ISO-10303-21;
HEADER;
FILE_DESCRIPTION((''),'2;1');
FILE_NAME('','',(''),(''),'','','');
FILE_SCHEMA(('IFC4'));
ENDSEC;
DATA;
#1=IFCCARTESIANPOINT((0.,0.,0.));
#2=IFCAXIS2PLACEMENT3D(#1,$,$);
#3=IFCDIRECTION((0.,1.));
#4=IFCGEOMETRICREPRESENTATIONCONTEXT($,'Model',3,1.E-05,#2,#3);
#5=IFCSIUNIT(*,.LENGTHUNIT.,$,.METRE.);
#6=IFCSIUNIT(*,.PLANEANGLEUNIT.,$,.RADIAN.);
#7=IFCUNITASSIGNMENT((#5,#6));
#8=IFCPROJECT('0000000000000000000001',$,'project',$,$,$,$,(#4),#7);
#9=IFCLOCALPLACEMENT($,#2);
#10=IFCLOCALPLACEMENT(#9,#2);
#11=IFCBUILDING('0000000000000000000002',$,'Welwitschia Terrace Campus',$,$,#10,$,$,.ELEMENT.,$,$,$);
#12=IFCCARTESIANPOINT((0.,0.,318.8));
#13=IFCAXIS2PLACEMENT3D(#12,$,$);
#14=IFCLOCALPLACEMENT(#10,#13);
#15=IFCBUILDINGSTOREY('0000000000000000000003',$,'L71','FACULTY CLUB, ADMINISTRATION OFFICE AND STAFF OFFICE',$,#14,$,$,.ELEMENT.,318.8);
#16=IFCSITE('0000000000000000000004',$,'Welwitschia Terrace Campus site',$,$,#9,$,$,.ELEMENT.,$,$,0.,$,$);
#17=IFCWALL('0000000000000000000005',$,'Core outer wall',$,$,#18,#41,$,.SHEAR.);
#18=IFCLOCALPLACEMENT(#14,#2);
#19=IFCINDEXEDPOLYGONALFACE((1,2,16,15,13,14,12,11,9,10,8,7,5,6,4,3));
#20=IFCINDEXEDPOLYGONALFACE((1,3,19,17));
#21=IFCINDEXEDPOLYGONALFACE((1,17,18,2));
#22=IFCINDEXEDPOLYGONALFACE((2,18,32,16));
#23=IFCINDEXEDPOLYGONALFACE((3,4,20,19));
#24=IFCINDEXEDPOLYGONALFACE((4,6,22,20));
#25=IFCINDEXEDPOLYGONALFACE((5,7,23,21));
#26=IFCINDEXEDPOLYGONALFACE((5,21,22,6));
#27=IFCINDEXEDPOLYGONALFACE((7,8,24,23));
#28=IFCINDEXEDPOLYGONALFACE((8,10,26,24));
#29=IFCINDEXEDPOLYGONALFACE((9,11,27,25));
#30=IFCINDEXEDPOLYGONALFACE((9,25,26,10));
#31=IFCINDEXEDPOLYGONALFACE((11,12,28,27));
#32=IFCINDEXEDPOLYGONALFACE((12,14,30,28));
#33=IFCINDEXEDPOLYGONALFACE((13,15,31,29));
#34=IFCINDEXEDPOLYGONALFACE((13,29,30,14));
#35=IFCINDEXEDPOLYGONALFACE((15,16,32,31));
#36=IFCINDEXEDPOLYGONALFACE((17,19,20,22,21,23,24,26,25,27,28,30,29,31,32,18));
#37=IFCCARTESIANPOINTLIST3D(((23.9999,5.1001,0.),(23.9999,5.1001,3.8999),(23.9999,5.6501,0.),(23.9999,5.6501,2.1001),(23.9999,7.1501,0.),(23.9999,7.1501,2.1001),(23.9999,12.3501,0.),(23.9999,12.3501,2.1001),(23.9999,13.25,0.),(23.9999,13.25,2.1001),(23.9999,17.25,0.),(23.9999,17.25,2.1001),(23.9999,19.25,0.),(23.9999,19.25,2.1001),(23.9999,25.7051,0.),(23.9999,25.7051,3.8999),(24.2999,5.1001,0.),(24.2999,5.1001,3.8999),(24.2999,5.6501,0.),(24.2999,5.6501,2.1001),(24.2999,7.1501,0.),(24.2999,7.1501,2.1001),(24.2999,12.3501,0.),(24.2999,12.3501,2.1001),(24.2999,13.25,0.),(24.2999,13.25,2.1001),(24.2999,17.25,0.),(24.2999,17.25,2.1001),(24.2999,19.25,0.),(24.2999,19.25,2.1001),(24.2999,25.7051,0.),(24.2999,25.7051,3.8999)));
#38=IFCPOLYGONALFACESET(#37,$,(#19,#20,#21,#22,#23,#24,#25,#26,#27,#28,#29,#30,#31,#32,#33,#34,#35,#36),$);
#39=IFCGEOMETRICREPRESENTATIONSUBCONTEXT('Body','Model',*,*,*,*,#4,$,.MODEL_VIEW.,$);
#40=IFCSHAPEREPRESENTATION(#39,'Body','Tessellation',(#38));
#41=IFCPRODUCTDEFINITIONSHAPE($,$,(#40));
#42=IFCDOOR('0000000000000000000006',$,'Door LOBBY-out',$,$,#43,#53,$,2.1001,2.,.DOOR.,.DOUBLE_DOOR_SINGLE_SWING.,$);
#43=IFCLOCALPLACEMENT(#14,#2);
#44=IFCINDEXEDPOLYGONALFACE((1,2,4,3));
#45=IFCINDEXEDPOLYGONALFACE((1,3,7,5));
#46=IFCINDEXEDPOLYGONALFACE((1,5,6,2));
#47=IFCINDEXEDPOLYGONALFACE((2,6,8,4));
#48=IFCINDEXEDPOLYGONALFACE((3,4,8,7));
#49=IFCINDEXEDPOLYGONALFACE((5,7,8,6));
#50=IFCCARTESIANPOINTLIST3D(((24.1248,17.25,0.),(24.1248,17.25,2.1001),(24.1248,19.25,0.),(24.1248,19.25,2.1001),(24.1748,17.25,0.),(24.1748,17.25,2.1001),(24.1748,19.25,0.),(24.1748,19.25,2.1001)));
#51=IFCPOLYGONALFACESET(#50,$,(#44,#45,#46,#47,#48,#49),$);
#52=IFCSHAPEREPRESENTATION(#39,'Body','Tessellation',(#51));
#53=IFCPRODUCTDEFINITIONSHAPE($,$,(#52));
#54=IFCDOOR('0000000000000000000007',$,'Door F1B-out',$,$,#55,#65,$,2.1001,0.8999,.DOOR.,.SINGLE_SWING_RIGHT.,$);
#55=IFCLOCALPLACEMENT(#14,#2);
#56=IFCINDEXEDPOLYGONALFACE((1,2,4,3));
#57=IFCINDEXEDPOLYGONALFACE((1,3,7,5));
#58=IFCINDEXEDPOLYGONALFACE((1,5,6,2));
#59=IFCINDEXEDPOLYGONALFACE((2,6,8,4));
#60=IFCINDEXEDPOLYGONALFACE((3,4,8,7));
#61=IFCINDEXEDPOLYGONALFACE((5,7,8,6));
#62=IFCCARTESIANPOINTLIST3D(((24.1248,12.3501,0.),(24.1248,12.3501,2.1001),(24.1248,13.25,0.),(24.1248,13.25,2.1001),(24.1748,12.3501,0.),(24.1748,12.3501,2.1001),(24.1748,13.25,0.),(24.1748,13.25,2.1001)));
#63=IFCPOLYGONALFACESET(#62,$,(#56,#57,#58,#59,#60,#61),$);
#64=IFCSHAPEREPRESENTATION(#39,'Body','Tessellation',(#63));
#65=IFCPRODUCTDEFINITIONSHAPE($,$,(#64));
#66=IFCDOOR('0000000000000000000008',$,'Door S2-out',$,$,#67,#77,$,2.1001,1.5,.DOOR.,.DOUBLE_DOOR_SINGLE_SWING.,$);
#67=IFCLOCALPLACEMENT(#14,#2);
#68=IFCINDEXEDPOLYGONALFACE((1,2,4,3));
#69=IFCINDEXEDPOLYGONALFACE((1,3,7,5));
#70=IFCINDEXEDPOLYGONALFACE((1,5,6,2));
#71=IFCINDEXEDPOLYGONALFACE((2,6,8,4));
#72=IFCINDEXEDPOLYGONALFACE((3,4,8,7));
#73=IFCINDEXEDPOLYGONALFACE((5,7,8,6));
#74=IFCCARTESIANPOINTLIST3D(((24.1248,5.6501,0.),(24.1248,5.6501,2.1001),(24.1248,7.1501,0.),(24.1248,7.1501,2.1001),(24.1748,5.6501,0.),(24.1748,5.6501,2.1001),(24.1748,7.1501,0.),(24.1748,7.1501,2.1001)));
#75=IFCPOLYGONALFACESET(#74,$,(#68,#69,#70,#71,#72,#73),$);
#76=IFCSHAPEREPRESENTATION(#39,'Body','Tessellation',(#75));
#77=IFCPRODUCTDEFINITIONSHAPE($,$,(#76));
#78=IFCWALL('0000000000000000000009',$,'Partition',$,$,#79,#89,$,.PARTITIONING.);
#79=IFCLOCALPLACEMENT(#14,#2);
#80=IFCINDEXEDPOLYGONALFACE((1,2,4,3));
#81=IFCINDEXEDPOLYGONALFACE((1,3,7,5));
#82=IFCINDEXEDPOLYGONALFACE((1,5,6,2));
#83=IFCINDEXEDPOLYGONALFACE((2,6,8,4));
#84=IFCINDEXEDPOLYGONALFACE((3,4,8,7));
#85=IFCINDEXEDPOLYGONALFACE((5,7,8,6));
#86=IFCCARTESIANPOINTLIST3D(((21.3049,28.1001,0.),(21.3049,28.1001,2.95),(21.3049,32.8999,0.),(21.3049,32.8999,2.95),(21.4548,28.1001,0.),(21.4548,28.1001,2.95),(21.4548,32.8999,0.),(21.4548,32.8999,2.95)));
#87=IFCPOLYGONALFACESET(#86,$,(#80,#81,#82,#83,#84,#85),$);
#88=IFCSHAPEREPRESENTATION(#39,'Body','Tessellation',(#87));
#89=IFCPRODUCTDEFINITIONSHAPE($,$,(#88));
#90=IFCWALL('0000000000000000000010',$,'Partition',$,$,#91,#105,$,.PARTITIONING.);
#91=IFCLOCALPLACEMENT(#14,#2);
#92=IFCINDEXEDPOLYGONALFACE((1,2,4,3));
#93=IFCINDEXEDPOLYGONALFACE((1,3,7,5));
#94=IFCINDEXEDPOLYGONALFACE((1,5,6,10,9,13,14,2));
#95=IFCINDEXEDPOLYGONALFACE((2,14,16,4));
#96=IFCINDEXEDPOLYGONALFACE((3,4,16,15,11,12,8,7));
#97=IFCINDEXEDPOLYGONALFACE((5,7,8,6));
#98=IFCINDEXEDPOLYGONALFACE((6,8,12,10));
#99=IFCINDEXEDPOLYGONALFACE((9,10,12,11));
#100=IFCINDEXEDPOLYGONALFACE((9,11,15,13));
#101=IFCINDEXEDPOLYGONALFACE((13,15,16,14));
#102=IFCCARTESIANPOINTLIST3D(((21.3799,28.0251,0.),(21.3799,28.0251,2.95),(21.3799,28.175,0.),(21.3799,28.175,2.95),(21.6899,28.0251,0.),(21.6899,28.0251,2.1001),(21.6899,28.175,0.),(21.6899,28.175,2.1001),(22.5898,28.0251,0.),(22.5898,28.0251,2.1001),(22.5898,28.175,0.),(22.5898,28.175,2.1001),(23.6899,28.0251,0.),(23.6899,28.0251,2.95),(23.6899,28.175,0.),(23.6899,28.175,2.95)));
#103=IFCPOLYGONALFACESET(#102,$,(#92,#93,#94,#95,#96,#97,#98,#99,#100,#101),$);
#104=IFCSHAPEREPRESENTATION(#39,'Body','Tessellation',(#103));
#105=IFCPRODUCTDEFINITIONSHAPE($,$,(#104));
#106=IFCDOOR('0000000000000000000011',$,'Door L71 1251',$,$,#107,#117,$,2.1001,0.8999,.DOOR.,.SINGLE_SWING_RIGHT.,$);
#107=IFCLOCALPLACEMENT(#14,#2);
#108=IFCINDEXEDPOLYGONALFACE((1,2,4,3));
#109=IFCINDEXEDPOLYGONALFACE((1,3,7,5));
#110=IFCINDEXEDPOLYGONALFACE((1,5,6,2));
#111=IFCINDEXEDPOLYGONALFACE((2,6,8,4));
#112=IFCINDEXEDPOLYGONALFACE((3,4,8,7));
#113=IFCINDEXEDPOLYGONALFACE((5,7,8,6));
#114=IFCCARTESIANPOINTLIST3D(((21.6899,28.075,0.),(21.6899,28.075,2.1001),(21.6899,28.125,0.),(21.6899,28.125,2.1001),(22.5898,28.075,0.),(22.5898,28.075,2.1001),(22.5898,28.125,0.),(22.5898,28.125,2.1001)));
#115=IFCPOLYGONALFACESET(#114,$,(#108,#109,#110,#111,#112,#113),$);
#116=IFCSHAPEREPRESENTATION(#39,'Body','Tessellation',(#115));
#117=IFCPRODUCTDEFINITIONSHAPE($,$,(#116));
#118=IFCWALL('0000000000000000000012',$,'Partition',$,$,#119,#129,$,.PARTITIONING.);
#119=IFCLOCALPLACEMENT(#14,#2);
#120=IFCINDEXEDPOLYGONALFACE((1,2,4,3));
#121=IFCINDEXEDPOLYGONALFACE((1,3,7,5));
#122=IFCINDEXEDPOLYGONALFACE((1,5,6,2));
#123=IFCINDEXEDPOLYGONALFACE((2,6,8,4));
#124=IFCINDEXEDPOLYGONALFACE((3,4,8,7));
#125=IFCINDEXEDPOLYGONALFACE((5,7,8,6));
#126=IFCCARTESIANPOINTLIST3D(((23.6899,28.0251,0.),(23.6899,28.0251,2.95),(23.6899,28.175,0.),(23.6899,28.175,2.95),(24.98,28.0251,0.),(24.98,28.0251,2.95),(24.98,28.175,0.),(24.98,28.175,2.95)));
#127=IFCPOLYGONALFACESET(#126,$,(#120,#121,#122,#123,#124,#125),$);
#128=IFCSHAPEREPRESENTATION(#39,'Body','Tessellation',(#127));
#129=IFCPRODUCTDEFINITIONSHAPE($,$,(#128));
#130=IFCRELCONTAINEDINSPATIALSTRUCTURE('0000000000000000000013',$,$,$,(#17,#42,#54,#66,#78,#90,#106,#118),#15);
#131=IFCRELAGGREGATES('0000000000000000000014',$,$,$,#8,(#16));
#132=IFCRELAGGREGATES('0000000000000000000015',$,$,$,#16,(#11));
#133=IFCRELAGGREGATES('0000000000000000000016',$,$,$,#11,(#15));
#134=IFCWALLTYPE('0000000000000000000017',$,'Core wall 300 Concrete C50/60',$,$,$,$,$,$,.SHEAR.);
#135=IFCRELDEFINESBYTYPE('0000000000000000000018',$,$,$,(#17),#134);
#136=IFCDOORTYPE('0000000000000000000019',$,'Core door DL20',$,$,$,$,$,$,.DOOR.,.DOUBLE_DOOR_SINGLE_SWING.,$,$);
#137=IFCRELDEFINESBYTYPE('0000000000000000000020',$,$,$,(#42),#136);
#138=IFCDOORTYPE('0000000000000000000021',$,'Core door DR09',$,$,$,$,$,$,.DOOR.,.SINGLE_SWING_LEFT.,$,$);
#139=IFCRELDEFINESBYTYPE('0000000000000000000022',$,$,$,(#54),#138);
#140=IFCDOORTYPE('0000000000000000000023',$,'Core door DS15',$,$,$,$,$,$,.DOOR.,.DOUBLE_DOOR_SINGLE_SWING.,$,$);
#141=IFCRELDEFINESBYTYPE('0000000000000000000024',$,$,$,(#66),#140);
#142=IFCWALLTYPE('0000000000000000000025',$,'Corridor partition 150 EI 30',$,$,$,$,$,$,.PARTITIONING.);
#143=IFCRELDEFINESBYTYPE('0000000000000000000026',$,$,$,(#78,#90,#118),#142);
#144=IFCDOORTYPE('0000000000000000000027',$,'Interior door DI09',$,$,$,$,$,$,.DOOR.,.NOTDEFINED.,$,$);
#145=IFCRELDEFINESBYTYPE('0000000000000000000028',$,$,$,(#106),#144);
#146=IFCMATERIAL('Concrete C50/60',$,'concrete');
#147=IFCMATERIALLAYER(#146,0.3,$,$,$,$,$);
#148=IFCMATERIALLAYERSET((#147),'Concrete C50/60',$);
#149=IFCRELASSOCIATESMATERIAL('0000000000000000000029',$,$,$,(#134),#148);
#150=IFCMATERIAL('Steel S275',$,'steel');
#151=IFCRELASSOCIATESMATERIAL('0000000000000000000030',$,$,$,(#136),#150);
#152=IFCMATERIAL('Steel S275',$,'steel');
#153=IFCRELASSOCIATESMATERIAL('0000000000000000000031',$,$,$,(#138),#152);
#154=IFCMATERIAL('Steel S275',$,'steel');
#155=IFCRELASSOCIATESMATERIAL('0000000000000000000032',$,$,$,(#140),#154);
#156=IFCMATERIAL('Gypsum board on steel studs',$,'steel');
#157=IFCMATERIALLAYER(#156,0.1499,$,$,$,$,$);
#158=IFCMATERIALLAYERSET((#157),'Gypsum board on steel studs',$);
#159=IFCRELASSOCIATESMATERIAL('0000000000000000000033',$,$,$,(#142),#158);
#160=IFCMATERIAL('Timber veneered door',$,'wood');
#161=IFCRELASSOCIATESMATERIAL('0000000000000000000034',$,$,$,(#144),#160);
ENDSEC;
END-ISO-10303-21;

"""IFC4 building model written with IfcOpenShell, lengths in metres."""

from ifc_helpers import new_model, si_unit, direction, frame, frame_2d, origin, place, context, subcontext, project, spatial, rectangle, extrude, material, layer, layer_set, type_object, element, fill, save


model = new_model("IFC4")

# Units and contexts
model_context = context("Model", 3, precision=1e-05, world=origin(), true_north=direction((0.0, 1.0)))
body_context = subcontext(model_context, "Body", "Model", "MODEL_VIEW")
ifc_project = project(units=[si_unit("LENGTHUNIT", "METRE"), si_unit("PLANEANGLEUNIT", "RADIAN")], contexts=[model_context])

# Site, building, storey
site_placement = place(None, origin())
site = spatial("IfcSite", under=ifc_project, at=site_placement, Name="Welwitschia Terrace Campus site", CompositionType="ELEMENT", RefElevation=0.0)
building_placement = place(site_placement, origin())
building = spatial("IfcBuilding", under=site, at=building_placement, Name="Welwitschia Terrace Campus", CompositionType="ELEMENT")
storey_placement = place(building_placement, frame((0.0, 0.0, 318.8)))
storey = spatial("IfcBuildingStorey", under=building, at=storey_placement, Name="L71", Description="FACULTY CLUB, ADMINISTRATION OFFICE AND STAFF OFFICE", CompositionType="ELEMENT", Elevation=318.8)

# Wall, openings, doors
ifc_material_1 = material(Name="Concrete C50/60", Category="concrete")
ifc_layer_1 = layer(ifc_material_1, 0.3)
ifc_layer_set_1 = layer_set([ifc_layer_1], Name="Concrete C50/60")
wall_type_1 = type_object("IfcWallType", Name="Core wall 300 Concrete C50/60", PredefinedType="SHEAR", material=ifc_layer_set_1)
wall_1_placement = place(storey_placement, frame((24.1499, 25.7051, 0.0), z_axis=(0.0, 0.0, 1.0), x_axis=(0.0, -1.0, 0.0)))
wall_1 = element("IfcWall", 1, at=wall_1_placement, inside=storey, type_object=wall_type_1, Name="Core outer wall", PredefinedType="SHEAR", context=body_context, shape_type="SweptSolid", body=[
    extrude(rectangle(XDim=20.605, YDim=0.3, at=frame_2d((10.3025, 0.0))), origin(), (0.0, 0.0, 1.0), 3.8999),
])
opening_1_placement = place(wall_1_placement, frame((18.5549, 0.0, 0.0)))
opening_1 = element("IfcOpeningElement", 2, at=opening_1_placement, cuts=wall_1, PredefinedType="OPENING", context=body_context, shape_type="SweptSolid", body=[
    extrude(rectangle(XDim=1.5, YDim=2.1001, at=frame_2d((0.75, 1.05))), frame((0.0, 0.1599, 0.0), z_axis=(0.0, -1.0, 0.0), x_axis=(1.0, 0.0, 0.0)), (0.0, 0.0, 1.0), 0.3201),
])
opening_2_placement = place(wall_1_placement, frame((12.4551, 0.0, 0.0)))
opening_2 = element("IfcOpeningElement", 3, at=opening_2_placement, cuts=wall_1, PredefinedType="OPENING", context=body_context, shape_type="SweptSolid", body=[
    extrude(rectangle(XDim=0.8999, YDim=2.1001, at=frame_2d((0.45, 1.05))), frame((0.0, 0.1599, 0.0), z_axis=(0.0, -1.0, 0.0), x_axis=(1.0, 0.0, 0.0)), (0.0, 0.0, 1.0), 0.3201),
])
opening_3_placement = place(wall_1_placement, frame((6.4551, 0.0, 0.0)))
opening_3 = element("IfcOpeningElement", 4, at=opening_3_placement, cuts=wall_1, PredefinedType="OPENING", context=body_context, shape_type="SweptSolid", body=[
    extrude(rectangle(XDim=2.0, YDim=2.1001, at=frame_2d((1.0, 1.05))), frame((0.0, 0.1599, 0.0), z_axis=(0.0, -1.0, 0.0), x_axis=(1.0, 0.0, 0.0)), (0.0, 0.0, 1.0), 0.3201),
])
ifc_material_2 = material(Name="Steel S275", Category="steel")
door_type_1 = type_object("IfcDoorType", Name="Core door DL20", OperationType="DOUBLE_DOOR_SINGLE_SWING", PredefinedType="DOOR", material=ifc_material_2)
door_1_placement = place(opening_3_placement, origin())
door_1 = element("IfcDoor", 5, at=door_1_placement, inside=storey, type_object=door_type_1, Name="Door LOBBY-out", OperationType="DOUBLE_DOOR_SINGLE_SWING", OverallHeight=2.1001, OverallWidth=2.0, PredefinedType="DOOR", context=body_context, shape_type="SweptSolid", body=[
    extrude(rectangle(XDim=2.0, YDim=2.1001, at=frame_2d((1.0, 1.05))), frame((0.0, 0.0249, 0.0), z_axis=(0.0, -1.0, 0.0), x_axis=(1.0, 0.0, 0.0)), (0.0, 0.0, 1.0), 0.05),
])
fill(opening_3, door_1)
ifc_material_3 = material(Name="Steel S275", Category="steel")
door_type_2 = type_object("IfcDoorType", Name="Core door DR09", OperationType="SINGLE_SWING_LEFT", PredefinedType="DOOR", material=ifc_material_3)
door_2_placement = place(opening_2_placement, origin())
door_2 = element("IfcDoor", 6, at=door_2_placement, inside=storey, type_object=door_type_2, Name="Door F1B-out", OperationType="SINGLE_SWING_RIGHT", OverallHeight=2.1001, OverallWidth=0.8999, PredefinedType="DOOR", context=body_context, shape_type="SweptSolid", body=[
    extrude(rectangle(XDim=0.8999, YDim=2.1001, at=frame_2d((0.45, 1.05))), frame((0.0, 0.0249, 0.0), z_axis=(0.0, -1.0, 0.0), x_axis=(1.0, 0.0, 0.0)), (0.0, 0.0, 1.0), 0.05),
])
fill(opening_2, door_2)
ifc_material_4 = material(Name="Steel S275", Category="steel")
door_type_3 = type_object("IfcDoorType", Name="Core door DS15", OperationType="DOUBLE_DOOR_SINGLE_SWING", PredefinedType="DOOR", material=ifc_material_4)
door_3_placement = place(opening_1_placement, origin())
door_3 = element("IfcDoor", 7, at=door_3_placement, inside=storey, type_object=door_type_3, Name="Door S2-out", OperationType="DOUBLE_DOOR_SINGLE_SWING", OverallHeight=2.1001, OverallWidth=1.5, PredefinedType="DOOR", context=body_context, shape_type="SweptSolid", body=[
    extrude(rectangle(XDim=1.5, YDim=2.1001, at=frame_2d((0.75, 1.05))), frame((0.0, 0.0249, 0.0), z_axis=(0.0, -1.0, 0.0), x_axis=(1.0, 0.0, 0.0)), (0.0, 0.0, 1.0), 0.05),
])
fill(opening_1, door_3)

# Wall
ifc_material_5 = material(Name="Gypsum board on steel studs", Category="steel")
ifc_layer_2 = layer(ifc_material_5, 0.1499)
ifc_layer_set_2 = layer_set([ifc_layer_2], Name="Gypsum board on steel studs")
wall_type_2 = type_object("IfcWallType", Name="Corridor partition 150 EI 30", PredefinedType="PARTITIONING", material=ifc_layer_set_2)
wall_2_placement = place(storey_placement, frame((21.3799, 28.1001, 0.0), z_axis=(0.0, 0.0, 1.0), x_axis=(0.0, 1.0, 0.0)))
element("IfcWall", 8, at=wall_2_placement, inside=storey, type_object=wall_type_2, Name="Partition", PredefinedType="PARTITIONING", context=body_context, shape_type="SweptSolid", body=[
    extrude(rectangle(XDim=4.7998, YDim=0.1499, at=frame_2d((2.3999, 0.0))), origin(), (0.0, 0.0, 1.0), 2.95),
])

# Wall, opening, door
wall_3_placement = place(storey_placement, frame((21.3799, 28.1001, 0.0), z_axis=(0.0, 0.0, 1.0), x_axis=(1.0, 0.0, 0.0)))
wall_3 = element("IfcWall", 9, at=wall_3_placement, inside=storey, type_object=wall_type_2, Name="Partition", PredefinedType="PARTITIONING", context=body_context, shape_type="SweptSolid", body=[
    extrude(rectangle(XDim=2.3101, YDim=0.1499, at=frame_2d((1.155, 0.0))), origin(), (0.0, 0.0, 1.0), 2.95),
])
opening_4_placement = place(wall_3_placement, frame((0.3101, 0.0, 0.0)))
opening_4 = element("IfcOpeningElement", 10, at=opening_4_placement, cuts=wall_3, PredefinedType="OPENING", context=body_context, shape_type="SweptSolid", body=[
    extrude(rectangle(XDim=0.8999, YDim=2.1001, at=frame_2d((0.45, 1.05))), frame((0.0, 0.085, 0.0), z_axis=(0.0, -1.0, 0.0), x_axis=(1.0, 0.0, 0.0)), (0.0, 0.0, 1.0), 0.1699),
])
ifc_material_6 = material(Name="Timber veneered door", Category="wood")
door_type_4 = type_object("IfcDoorType", Name="Interior door DI09", OperationType="NOTDEFINED", PredefinedType="DOOR", material=ifc_material_6)
door_4_placement = place(opening_4_placement, origin())
door_4 = element("IfcDoor", 11, at=door_4_placement, inside=storey, type_object=door_type_4, Name="Door L71 1251", OperationType="SINGLE_SWING_RIGHT", OverallHeight=2.1001, OverallWidth=0.8999, PredefinedType="DOOR", context=body_context, shape_type="SweptSolid", body=[
    extrude(rectangle(XDim=0.8999, YDim=2.1001, at=frame_2d((0.45, 1.05))), frame((0.0, 0.0249, 0.0), z_axis=(0.0, -1.0, 0.0), x_axis=(1.0, 0.0, 0.0)), (0.0, 0.0, 1.0), 0.05),
])
fill(opening_4, door_4)

# Wall
wall_4_placement = place(storey_placement, frame((23.6899, 28.1001, 0.0), z_axis=(0.0, 0.0, 1.0), x_axis=(1.0, 0.0, 0.0)))
element("IfcWall", 12, at=wall_4_placement, inside=storey, type_object=wall_type_2, Name="Partition", PredefinedType="PARTITIONING", context=body_context, shape_type="SweptSolid", body=[
    extrude(rectangle(XDim=1.29, YDim=0.1499, at=frame_2d((0.645, 0.0))), origin(), (0.0, 0.0, 1.0), 2.95),
])

save(model, "model.ifc")
